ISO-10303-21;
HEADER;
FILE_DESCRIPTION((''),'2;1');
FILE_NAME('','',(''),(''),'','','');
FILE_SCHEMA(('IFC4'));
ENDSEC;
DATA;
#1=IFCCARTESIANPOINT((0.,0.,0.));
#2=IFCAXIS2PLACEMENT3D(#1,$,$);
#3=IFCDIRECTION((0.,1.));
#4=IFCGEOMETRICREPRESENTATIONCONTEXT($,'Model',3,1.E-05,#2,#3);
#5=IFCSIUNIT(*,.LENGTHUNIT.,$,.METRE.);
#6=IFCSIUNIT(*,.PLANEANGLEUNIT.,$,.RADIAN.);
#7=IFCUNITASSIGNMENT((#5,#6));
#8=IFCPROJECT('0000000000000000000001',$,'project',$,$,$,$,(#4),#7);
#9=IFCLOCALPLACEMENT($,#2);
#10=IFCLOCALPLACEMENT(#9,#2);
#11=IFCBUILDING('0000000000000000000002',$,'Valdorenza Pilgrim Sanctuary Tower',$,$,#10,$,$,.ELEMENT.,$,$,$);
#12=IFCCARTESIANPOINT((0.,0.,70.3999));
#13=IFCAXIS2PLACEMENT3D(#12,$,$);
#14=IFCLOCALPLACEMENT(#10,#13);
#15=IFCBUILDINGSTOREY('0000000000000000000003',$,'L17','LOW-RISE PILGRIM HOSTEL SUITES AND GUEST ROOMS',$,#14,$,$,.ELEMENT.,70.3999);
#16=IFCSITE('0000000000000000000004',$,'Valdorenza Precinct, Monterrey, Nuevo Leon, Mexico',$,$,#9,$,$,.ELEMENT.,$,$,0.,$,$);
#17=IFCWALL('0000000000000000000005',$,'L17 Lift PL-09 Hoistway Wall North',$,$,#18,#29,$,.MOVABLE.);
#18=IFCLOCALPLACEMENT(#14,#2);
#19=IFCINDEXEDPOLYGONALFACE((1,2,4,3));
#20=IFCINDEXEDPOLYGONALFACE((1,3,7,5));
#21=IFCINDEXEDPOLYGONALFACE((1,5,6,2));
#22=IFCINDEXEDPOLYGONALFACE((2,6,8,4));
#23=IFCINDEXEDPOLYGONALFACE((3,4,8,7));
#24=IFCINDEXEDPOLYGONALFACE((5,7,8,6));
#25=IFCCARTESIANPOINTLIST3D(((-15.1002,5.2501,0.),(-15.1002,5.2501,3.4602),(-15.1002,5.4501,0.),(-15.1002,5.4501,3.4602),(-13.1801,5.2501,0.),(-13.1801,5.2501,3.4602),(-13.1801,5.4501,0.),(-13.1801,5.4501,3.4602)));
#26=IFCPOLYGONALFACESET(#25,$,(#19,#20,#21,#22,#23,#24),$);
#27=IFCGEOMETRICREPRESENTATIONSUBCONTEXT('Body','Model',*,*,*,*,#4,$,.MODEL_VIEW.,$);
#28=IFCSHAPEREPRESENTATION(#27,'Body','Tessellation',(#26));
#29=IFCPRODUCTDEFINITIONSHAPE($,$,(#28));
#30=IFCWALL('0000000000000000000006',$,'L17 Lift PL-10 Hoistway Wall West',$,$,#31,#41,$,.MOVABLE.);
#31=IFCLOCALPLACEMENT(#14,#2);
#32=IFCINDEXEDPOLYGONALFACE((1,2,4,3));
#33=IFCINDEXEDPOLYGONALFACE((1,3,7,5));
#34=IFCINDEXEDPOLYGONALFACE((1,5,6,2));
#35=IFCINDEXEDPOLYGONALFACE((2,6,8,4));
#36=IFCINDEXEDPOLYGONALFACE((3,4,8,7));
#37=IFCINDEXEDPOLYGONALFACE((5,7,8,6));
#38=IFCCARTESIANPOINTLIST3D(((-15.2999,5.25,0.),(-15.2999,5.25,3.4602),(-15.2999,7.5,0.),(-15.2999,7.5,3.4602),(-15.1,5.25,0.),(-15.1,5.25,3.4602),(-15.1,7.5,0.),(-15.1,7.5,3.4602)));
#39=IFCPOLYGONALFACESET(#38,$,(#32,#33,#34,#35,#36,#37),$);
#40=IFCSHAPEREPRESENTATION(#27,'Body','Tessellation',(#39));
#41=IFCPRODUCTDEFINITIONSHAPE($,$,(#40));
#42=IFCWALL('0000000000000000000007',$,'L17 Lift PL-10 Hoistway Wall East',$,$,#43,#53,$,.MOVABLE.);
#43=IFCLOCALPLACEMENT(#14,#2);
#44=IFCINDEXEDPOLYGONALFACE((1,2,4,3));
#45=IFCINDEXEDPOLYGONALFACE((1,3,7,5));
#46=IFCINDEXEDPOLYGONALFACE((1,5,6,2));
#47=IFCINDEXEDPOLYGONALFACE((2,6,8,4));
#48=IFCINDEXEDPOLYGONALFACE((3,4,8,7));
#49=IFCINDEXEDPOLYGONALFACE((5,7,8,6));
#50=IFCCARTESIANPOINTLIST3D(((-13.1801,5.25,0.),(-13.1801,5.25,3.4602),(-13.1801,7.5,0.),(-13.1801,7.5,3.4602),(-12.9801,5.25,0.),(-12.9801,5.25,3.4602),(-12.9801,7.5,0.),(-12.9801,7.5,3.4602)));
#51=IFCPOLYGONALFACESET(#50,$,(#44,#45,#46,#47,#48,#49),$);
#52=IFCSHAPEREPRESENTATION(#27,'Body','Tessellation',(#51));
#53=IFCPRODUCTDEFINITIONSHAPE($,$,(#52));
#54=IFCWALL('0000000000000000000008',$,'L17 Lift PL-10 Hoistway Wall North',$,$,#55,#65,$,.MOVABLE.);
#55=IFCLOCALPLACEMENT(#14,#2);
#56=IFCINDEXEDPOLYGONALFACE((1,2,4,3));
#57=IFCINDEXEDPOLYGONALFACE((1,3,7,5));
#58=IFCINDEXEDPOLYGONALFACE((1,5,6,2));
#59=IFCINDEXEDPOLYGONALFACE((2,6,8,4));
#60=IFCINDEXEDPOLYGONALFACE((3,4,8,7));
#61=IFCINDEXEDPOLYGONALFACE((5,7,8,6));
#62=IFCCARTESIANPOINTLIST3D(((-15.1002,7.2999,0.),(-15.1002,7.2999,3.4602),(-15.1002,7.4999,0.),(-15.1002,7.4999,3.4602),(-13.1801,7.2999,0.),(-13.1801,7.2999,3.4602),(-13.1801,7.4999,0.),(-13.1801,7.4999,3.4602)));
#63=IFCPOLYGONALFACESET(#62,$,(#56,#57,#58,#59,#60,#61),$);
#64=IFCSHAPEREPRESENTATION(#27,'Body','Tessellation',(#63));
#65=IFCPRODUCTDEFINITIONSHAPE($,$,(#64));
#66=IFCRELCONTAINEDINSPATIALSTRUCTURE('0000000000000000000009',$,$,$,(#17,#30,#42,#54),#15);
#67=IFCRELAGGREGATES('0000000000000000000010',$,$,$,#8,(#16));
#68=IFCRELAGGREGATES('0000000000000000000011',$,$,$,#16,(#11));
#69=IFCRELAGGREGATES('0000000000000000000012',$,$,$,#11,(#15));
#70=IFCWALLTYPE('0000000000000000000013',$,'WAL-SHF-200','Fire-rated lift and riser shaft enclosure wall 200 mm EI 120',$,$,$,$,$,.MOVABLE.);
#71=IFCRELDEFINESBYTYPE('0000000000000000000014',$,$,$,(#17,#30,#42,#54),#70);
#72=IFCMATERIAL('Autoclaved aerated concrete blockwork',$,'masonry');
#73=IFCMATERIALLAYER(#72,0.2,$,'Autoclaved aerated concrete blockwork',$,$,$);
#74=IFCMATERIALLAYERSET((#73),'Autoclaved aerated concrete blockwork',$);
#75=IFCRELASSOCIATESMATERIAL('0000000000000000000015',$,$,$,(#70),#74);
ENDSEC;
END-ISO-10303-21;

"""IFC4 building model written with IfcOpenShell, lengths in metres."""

from ifc_helpers import new_model, si_unit, direction, frame, frame_2d, origin, place, context, subcontext, project, spatial, rectangle, extrude, material, layer, layer_set, type_object, element, save


model = new_model("IFC4")

# Units and contexts
model_context = context("Model", 3, precision=1e-05, world=origin(), true_north=direction((0.0, 1.0)))
body_context = subcontext(model_context, "Body", "Model", "MODEL_VIEW")
ifc_project = project(units=[si_unit("LENGTHUNIT", "METRE"), si_unit("PLANEANGLEUNIT", "RADIAN")], contexts=[model_context])

# Site, building, storey
site_placement = place(None, origin())
site = spatial("IfcSite", under=ifc_project, at=site_placement, Name="Valdorenza Precinct, Monterrey, Nuevo Leon, Mexico", CompositionType="ELEMENT", RefElevation=0.0)
building_placement = place(site_placement, origin())
building = spatial("IfcBuilding", under=site, at=building_placement, Name="Valdorenza Pilgrim Sanctuary Tower", CompositionType="ELEMENT")
storey_placement = place(building_placement, frame((0.0, 0.0, 70.3999)))
storey = spatial("IfcBuildingStorey", under=building, at=storey_placement, Name="L17", Description="LOW-RISE PILGRIM HOSTEL SUITES AND GUEST ROOMS", CompositionType="ELEMENT", Elevation=70.3999)

# Walls
ifc_material_1 = material(Name="Autoclaved aerated concrete blockwork", Category="masonry")
ifc_layer_1 = layer(ifc_material_1, 0.2, Name="Autoclaved aerated concrete blockwork")
ifc_layer_set_1 = layer_set([ifc_layer_1], Name="Autoclaved aerated concrete blockwork")
wall_type_1 = type_object("IfcWallType", Name="WAL-SHF-200", Description="Fire-rated lift and riser shaft enclosure wall 200 mm EI 120", PredefinedType="MOVABLE", material=ifc_layer_set_1)
for number, where, z_axis, x_axis, name in (
    (1, (-15.1001, 5.3501, 0.0), (0.0, 0.0, 1.0), (1.0, 0.0, 0.0), "L17 Lift PL-09 Hoistway Wall North"),
):
    element("IfcWall", number, at=place(storey_placement, frame(where, z_axis=z_axis, x_axis=x_axis)), inside=storey, type_object=wall_type_1, Name=name, PredefinedType="MOVABLE", context=body_context, shape_type="SweptSolid", body=[
        extrude(rectangle(XDim=1.9202, YDim=0.2, at=frame_2d((0.96, 0.0))), origin(), (0.0, 0.0, 1.0), 3.4602),
    ])
for number, where, z_axis, x_axis, name in (
    (2, (-15.2, 5.25, 0.0), (0.0, 0.0, 1.0), (0.0, 1.0, 0.0), "L17 Lift PL-10 Hoistway Wall West"),
    (3, (-13.0801, 5.25, 0.0), (0.0, 0.0, 1.0), (0.0, 1.0, 0.0), "L17 Lift PL-10 Hoistway Wall East"),
):
    element("IfcWall", number, at=place(storey_placement, frame(where, z_axis=z_axis, x_axis=x_axis)), inside=storey, type_object=wall_type_1, Name=name, PredefinedType="MOVABLE", context=body_context, shape_type="SweptSolid", body=[
        extrude(rectangle(XDim=2.25, YDim=0.2, at=frame_2d((1.125, 0.0))), origin(), (0.0, 0.0, 1.0), 3.4602),
    ])
wall_1_placement = place(storey_placement, frame((-15.1001, 7.3999, 0.0), z_axis=(0.0, 0.0, 1.0), x_axis=(1.0, 0.0, 0.0)))
element("IfcWall", 4, at=wall_1_placement, inside=storey, type_object=wall_type_1, Name="L17 Lift PL-10 Hoistway Wall North", PredefinedType="MOVABLE", context=body_context, shape_type="SweptSolid", body=[
    extrude(rectangle(XDim=1.9202, YDim=0.2, at=frame_2d((0.96, 0.0))), origin(), (0.0, 0.0, 1.0), 3.4602),
])

save(model, "model.ifc")
